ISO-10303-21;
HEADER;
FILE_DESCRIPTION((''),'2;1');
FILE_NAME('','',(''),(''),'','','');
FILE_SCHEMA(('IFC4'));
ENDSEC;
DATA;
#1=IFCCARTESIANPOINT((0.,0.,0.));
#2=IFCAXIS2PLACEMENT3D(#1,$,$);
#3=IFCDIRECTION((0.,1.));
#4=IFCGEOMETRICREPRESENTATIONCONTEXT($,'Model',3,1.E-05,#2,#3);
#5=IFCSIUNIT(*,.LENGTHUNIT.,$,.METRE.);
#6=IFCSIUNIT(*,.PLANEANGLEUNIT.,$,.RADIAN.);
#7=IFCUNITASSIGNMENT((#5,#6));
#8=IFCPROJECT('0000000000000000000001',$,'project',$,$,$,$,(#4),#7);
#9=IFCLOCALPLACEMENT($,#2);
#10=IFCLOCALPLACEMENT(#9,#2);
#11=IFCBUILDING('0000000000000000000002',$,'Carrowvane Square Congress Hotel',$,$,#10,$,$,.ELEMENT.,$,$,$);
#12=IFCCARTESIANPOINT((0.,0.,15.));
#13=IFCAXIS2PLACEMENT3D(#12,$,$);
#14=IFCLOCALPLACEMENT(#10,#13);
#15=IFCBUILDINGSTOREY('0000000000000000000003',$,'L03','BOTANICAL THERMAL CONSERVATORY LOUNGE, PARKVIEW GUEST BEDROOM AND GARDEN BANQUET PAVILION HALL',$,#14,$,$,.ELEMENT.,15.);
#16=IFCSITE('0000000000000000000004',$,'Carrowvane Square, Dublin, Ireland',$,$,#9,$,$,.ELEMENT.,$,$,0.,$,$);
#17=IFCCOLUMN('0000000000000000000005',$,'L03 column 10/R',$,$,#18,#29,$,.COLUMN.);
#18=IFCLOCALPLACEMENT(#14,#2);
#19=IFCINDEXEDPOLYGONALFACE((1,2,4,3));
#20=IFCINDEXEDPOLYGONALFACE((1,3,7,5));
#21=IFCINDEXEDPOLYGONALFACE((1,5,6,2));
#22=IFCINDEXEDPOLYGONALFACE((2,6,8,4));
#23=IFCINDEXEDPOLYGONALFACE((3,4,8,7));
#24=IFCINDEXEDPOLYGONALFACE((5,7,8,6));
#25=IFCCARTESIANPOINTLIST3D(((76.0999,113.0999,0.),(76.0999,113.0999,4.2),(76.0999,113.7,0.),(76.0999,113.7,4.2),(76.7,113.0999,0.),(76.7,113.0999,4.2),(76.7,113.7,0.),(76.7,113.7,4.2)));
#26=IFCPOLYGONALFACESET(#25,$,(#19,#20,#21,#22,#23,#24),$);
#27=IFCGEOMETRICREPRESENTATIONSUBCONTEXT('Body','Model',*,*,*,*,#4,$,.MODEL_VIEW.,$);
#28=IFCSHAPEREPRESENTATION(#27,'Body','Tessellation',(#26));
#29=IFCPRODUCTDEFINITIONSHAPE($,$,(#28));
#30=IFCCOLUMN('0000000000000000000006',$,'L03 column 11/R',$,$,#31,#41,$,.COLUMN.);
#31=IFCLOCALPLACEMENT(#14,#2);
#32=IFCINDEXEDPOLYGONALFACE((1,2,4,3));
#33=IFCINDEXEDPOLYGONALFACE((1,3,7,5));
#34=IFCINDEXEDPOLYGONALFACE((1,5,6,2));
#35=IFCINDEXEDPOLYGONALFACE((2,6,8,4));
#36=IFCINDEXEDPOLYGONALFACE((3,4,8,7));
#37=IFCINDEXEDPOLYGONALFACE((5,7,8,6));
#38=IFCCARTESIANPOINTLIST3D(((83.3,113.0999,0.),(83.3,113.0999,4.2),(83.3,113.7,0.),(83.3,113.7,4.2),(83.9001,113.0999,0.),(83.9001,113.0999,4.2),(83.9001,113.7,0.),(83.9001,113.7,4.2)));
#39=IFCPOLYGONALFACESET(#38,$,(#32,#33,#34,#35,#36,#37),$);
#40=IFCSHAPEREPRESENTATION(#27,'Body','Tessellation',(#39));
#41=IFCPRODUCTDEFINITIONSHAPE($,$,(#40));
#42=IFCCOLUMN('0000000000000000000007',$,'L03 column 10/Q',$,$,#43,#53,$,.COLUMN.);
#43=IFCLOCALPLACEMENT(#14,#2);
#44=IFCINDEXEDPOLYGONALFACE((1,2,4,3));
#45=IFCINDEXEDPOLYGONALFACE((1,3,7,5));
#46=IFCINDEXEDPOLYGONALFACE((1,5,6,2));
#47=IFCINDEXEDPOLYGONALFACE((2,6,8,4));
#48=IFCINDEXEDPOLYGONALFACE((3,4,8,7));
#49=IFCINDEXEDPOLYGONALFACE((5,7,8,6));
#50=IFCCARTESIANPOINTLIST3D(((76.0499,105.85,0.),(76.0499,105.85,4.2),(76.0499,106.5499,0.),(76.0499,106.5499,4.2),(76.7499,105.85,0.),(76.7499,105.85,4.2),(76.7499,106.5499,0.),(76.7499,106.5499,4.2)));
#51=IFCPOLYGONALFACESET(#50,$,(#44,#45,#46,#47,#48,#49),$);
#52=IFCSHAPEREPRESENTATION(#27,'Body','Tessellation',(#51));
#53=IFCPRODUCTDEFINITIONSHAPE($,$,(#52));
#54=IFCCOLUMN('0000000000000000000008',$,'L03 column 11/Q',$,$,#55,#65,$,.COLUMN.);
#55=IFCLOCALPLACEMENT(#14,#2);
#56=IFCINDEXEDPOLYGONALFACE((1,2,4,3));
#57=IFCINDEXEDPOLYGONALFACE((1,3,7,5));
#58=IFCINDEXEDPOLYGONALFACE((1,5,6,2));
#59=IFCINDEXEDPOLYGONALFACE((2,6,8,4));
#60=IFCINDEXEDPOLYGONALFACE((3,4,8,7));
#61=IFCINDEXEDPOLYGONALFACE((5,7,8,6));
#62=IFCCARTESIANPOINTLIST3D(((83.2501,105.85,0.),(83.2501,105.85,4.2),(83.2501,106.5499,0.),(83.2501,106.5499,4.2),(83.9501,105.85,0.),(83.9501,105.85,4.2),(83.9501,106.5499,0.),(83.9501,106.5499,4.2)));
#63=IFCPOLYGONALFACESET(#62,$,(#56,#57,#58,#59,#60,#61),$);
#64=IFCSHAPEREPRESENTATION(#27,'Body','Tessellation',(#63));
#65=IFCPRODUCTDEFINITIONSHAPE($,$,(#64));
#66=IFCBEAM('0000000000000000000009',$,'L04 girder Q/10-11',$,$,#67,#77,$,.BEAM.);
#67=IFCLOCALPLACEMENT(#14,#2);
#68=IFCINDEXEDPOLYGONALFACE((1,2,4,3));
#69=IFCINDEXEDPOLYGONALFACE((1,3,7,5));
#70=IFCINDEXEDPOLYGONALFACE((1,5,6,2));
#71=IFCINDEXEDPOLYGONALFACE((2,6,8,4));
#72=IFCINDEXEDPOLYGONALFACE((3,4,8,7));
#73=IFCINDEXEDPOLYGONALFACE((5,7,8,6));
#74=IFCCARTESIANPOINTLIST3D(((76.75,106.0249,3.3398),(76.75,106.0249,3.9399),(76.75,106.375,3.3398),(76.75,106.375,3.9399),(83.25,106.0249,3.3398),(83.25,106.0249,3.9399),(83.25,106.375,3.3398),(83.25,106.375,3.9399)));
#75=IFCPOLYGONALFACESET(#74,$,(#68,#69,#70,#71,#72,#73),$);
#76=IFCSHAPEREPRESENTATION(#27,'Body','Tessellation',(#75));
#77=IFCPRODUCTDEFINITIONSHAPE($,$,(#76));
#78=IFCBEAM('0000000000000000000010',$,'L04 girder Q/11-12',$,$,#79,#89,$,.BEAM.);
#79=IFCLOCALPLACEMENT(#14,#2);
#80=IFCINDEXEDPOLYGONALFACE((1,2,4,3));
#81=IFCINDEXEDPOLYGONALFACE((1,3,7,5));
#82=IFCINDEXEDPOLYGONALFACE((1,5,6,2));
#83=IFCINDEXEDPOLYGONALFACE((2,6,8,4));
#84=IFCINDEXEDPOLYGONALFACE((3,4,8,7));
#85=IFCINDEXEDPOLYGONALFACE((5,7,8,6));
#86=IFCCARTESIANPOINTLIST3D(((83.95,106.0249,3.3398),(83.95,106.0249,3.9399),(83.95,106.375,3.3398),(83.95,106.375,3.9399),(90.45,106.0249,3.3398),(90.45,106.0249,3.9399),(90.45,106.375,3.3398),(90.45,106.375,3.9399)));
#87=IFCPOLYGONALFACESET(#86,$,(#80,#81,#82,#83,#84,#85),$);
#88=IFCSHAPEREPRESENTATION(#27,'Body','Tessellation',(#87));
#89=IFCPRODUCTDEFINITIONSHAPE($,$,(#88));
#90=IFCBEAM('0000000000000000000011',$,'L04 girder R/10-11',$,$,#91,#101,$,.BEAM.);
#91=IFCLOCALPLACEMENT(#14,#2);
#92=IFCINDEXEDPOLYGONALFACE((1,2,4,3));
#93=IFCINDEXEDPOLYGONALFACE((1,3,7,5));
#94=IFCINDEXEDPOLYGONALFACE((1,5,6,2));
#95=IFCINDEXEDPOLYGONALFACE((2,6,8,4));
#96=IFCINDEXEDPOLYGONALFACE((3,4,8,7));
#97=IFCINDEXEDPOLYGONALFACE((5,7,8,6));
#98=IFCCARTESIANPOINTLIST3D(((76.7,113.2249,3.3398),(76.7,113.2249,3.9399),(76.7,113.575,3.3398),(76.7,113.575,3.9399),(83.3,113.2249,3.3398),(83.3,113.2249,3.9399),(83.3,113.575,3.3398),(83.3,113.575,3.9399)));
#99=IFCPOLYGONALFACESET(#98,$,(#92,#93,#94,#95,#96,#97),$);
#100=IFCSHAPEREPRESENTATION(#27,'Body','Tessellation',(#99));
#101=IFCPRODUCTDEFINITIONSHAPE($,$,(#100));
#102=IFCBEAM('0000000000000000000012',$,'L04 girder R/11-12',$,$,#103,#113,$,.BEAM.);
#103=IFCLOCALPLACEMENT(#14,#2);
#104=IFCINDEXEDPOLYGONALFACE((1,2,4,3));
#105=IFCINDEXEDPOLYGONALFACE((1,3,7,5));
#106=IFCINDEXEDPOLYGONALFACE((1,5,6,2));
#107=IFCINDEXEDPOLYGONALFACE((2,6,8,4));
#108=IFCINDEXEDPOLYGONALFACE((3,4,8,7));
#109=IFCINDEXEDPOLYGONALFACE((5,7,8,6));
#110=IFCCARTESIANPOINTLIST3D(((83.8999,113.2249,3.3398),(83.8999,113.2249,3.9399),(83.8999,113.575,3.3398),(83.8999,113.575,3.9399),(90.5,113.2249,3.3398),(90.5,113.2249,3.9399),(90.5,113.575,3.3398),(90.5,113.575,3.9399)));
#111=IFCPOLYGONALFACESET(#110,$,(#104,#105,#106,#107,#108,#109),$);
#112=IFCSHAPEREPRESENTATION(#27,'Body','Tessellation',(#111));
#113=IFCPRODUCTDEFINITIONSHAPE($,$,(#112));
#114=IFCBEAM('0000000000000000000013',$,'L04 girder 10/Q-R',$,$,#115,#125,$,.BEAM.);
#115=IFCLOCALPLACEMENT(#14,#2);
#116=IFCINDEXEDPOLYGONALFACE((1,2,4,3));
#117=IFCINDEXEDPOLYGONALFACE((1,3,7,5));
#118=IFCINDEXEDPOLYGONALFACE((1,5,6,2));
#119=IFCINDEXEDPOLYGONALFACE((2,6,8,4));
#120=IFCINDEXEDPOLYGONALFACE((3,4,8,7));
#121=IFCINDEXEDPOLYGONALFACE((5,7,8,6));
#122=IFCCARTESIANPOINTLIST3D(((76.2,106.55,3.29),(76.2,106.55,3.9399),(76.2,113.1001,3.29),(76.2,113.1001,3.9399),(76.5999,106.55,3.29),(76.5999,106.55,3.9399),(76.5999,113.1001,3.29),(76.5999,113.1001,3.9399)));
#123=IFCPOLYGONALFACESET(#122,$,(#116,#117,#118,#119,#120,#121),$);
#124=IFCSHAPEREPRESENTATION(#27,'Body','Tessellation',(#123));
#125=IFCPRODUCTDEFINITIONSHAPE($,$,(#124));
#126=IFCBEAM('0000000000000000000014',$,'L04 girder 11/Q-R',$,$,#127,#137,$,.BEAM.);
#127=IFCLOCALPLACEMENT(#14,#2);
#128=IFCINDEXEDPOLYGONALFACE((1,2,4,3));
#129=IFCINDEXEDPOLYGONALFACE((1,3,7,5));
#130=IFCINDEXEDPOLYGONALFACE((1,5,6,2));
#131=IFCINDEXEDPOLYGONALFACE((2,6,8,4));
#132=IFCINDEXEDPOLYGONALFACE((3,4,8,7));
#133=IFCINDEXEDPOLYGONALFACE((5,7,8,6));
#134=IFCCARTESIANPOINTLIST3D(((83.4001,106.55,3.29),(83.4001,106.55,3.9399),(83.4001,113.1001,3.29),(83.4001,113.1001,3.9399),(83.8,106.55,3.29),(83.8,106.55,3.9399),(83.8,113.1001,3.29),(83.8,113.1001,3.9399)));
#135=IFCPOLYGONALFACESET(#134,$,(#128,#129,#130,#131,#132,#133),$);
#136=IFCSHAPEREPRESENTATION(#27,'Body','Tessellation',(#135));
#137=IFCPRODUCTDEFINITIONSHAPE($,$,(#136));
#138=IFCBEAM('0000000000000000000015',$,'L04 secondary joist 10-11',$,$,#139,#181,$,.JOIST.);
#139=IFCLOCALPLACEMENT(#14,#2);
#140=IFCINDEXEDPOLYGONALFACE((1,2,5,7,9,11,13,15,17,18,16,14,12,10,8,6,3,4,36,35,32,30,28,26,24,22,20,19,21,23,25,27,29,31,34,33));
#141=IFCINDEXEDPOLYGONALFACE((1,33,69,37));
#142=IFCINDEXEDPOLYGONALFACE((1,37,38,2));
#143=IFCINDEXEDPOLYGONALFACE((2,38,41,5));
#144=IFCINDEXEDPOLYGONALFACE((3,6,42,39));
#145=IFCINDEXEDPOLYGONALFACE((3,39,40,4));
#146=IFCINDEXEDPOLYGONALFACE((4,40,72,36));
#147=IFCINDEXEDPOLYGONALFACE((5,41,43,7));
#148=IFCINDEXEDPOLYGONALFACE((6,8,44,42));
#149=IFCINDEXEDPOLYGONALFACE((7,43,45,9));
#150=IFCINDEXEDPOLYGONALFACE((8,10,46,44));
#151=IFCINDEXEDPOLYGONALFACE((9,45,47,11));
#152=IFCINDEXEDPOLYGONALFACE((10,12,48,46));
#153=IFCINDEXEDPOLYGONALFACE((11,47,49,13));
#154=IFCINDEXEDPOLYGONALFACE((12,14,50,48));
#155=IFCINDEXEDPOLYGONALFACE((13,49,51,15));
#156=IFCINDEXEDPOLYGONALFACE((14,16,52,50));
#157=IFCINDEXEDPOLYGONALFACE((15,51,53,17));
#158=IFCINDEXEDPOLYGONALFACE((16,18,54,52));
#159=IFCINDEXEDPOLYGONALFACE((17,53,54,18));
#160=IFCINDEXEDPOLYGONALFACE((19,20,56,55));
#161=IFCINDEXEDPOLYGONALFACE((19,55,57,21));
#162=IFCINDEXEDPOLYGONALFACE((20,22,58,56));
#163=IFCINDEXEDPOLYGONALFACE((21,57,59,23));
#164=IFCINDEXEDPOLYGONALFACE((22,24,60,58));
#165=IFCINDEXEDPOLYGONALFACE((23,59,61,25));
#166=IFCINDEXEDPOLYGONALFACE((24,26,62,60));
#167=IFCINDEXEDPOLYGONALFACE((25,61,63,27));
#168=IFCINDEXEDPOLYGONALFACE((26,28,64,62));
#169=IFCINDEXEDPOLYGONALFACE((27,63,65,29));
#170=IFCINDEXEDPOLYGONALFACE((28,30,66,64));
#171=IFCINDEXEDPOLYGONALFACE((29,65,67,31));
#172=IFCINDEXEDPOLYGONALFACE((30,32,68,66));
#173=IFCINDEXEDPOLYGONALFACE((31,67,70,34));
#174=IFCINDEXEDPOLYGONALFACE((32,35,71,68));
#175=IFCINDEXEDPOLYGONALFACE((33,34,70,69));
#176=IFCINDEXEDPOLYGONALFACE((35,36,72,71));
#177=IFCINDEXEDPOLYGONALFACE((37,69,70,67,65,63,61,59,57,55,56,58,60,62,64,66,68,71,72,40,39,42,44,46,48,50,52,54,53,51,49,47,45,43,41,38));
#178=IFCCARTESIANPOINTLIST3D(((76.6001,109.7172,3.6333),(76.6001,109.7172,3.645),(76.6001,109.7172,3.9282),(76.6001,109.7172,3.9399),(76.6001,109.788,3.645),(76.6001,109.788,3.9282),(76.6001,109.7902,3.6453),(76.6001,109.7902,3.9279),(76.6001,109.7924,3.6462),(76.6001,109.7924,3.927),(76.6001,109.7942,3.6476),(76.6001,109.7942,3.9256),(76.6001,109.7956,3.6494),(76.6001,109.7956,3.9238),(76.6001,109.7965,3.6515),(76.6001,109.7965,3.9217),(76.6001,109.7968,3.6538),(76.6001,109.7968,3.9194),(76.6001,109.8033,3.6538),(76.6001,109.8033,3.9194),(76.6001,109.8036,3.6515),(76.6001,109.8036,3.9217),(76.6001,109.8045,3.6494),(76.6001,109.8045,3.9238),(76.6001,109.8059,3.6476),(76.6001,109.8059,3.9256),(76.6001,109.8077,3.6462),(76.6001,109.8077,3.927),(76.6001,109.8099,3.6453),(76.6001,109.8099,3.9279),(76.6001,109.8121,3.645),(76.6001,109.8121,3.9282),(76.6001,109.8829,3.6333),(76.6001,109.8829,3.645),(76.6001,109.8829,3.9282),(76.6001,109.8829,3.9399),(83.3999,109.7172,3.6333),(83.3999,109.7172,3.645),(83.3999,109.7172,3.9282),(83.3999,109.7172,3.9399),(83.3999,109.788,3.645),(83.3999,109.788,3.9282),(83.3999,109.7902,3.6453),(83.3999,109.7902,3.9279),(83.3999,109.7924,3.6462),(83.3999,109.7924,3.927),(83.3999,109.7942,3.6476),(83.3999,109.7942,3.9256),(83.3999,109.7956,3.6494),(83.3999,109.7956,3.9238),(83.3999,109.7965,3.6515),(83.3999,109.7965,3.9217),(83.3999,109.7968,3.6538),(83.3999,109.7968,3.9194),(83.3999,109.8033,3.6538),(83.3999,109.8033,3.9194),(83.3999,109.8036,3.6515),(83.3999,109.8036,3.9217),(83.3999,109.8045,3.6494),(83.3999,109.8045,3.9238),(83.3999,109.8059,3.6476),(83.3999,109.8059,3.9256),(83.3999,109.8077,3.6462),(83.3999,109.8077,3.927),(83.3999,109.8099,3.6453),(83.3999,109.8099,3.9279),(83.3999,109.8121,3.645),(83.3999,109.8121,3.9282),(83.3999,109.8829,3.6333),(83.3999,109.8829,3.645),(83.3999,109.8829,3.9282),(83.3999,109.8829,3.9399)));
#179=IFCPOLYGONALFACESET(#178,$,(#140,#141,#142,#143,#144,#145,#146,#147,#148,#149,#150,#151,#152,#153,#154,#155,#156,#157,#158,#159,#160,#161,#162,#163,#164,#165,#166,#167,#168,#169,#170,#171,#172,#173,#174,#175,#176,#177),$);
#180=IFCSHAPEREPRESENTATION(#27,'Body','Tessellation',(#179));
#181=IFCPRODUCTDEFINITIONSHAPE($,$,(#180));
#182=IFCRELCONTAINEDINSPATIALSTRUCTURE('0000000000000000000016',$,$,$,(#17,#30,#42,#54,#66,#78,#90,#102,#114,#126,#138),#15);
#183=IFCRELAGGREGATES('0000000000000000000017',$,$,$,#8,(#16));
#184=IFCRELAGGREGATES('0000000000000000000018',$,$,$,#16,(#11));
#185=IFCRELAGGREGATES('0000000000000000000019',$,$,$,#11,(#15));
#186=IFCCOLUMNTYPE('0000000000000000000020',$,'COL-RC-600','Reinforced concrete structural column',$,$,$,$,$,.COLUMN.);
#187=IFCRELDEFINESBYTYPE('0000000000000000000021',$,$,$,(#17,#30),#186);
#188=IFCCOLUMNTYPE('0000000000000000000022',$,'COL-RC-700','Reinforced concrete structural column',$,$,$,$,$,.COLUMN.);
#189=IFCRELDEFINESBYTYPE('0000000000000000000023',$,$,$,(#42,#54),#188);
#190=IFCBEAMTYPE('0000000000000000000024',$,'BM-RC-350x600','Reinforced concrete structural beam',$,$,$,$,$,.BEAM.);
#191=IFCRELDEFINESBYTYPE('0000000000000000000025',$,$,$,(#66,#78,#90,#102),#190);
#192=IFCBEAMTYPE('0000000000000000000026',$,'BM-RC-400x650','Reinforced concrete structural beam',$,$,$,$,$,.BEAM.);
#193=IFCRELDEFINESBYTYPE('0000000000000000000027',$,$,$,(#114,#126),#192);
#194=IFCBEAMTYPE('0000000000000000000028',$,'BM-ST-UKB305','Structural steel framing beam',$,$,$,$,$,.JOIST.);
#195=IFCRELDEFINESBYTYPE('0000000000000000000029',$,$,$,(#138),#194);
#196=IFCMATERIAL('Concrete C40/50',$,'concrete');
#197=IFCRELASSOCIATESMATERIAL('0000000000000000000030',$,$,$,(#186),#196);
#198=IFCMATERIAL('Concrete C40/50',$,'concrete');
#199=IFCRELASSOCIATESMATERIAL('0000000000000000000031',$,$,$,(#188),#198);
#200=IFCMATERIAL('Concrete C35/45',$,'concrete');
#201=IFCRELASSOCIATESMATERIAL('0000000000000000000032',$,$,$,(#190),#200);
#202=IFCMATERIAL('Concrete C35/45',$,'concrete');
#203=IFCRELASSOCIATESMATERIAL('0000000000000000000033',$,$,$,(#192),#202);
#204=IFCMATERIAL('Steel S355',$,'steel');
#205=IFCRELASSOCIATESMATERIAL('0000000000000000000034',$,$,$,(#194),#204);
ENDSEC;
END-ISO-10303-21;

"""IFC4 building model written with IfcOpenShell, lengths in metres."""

from ifc_helpers import new_model, si_unit, direction, frame, origin, origin_2d, place, context, subcontext, project, spatial, rectangle, i_section, extrude, material, material_profile, profile_set, type_object, element, save


model = new_model("IFC4")

# Units and contexts
model_context = context("Model", 3, precision=1e-05, world=origin(), true_north=direction((0.0, 1.0)))
body_context = subcontext(model_context, "Body", "Model", "MODEL_VIEW")
ifc_project = project(units=[si_unit("LENGTHUNIT", "METRE"), si_unit("PLANEANGLEUNIT", "RADIAN")], contexts=[model_context])

# Site, building, storey
site_placement = place(None, origin())
site = spatial("IfcSite", under=ifc_project, at=site_placement, Name="Carrowvane Square, Dublin, Ireland", CompositionType="ELEMENT", RefElevation=0.0)
building_placement = place(site_placement, origin())
building = spatial("IfcBuilding", under=site, at=building_placement, Name="Carrowvane Square Congress Hotel", CompositionType="ELEMENT")
storey_placement = place(building_placement, frame((0.0, 0.0, 15.0)))
storey = spatial("IfcBuildingStorey", under=building, at=storey_placement, Name="L03", Description="BOTANICAL THERMAL CONSERVATORY LOUNGE, PARKVIEW GUEST BEDROOM AND GARDEN BANQUET PAVILION HALL", CompositionType="ELEMENT", Elevation=15.0)

# Columns
ifc_material_1 = material(Name="Concrete C40/50", Category="concrete")
ifc_material_profile_1 = material_profile(ifc_material_1, rectangle(XDim=0.6001, YDim=0.6001, at=origin_2d()), Name="RC 600x600")
ifc_profile_set_1 = profile_set([ifc_material_profile_1], Name="Concrete C40/50")
column_type_1 = type_object("IfcColumnType", Name="COL-RC-600", Description="Reinforced concrete structural column", PredefinedType="COLUMN", material=ifc_profile_set_1)
for number, where, z_axis, x_axis, name in (
    (1, (76.3999, 113.3999, 0.0), (0.0, 0.0, 1.0), (1.0, 0.0, 0.0), "L03 column 10/R"),
    (2, (83.6001, 113.3999, 0.0), (0.0, 0.0, 1.0), (1.0, 0.0, 0.0), "L03 column 11/R"),
):
    element("IfcColumn", number, at=place(storey_placement, frame(where, z_axis=z_axis, x_axis=x_axis)), inside=storey, type_object=column_type_1, Name=name, PredefinedType="COLUMN", context=body_context, shape_type="SweptSolid", body=[
        extrude(rectangle(XDim=0.6001, YDim=0.6001, at=origin_2d()), origin(), (0.0, 0.0, 1.0), 4.2),
    ])
ifc_material_2 = material(Name="Concrete C40/50", Category="concrete")
ifc_material_profile_2 = material_profile(ifc_material_2, rectangle(XDim=0.7, YDim=0.7, at=origin_2d()), Name="RC 700x700")
ifc_profile_set_2 = profile_set([ifc_material_profile_2], Name="Concrete C40/50")
column_type_2 = type_object("IfcColumnType", Name="COL-RC-700", Description="Reinforced concrete structural column", PredefinedType="COLUMN", material=ifc_profile_set_2)
for number, where, z_axis, x_axis, name in (
    (3, (76.3999, 106.2, 0.0), (0.0, 0.0, 1.0), (1.0, 0.0, 0.0), "L03 column 10/Q"),
    (4, (83.6001, 106.2, 0.0), (0.0, 0.0, 1.0), (1.0, 0.0, 0.0), "L03 column 11/Q"),
):
    element("IfcColumn", number, at=place(storey_placement, frame(where, z_axis=z_axis, x_axis=x_axis)), inside=storey, type_object=column_type_2, Name=name, PredefinedType="COLUMN", context=body_context, shape_type="SweptSolid", body=[
        extrude(rectangle(XDim=0.7, YDim=0.7, at=origin_2d()), origin(), (0.0, 0.0, 1.0), 4.2),
    ])

# Beams
ifc_material_3 = material(Name="Concrete C35/45", Category="concrete")
ifc_material_profile_3 = material_profile(ifc_material_3, rectangle(XDim=0.3501, YDim=0.6001, at=origin_2d()), Name="RC 350x600")
ifc_profile_set_3 = profile_set([ifc_material_profile_3], Name="Concrete C35/45")
beam_type_1 = type_object("IfcBeamType", Name="BM-RC-350x600", Description="Reinforced concrete structural beam", PredefinedType="BEAM", material=ifc_profile_set_3)
for number, where, z_axis, x_axis, name in (
    (5, (76.75, 106.2, 3.6399), (1.0, 0.0, 0.0), (0.0, 1.0, 0.0), "L04 girder Q/10-11"),
    (6, (83.95, 106.2, 3.6399), (1.0, 0.0, 0.0), (0.0, 1.0, 0.0), "L04 girder Q/11-12"),
):
    element("IfcBeam", number, at=place(storey_placement, frame(where, z_axis=z_axis, x_axis=x_axis)), inside=storey, type_object=beam_type_1, Name=name, PredefinedType="BEAM", context=body_context, shape_type="SweptSolid", body=[
        extrude(rectangle(XDim=0.3501, YDim=0.6001, at=origin_2d()), origin(), (0.0, 0.0, 1.0), 6.5),
    ])
for number, where, z_axis, x_axis, name in (
    (7, (76.7, 113.3999, 3.6399), (1.0, 0.0, 0.0), (0.0, 1.0, 0.0), "L04 girder R/10-11"),
    (8, (83.8999, 113.3999, 3.6399), (1.0, 0.0, 0.0), (0.0, 1.0, 0.0), "L04 girder R/11-12"),
):
    element("IfcBeam", number, at=place(storey_placement, frame(where, z_axis=z_axis, x_axis=x_axis)), inside=storey, type_object=beam_type_1, Name=name, PredefinedType="BEAM", context=body_context, shape_type="SweptSolid", body=[
        extrude(rectangle(XDim=0.3501, YDim=0.6001, at=origin_2d()), origin(), (0.0, 0.0, 1.0), 6.6001),
    ])
ifc_material_4 = material(Name="Concrete C35/45", Category="concrete")
ifc_material_profile_4 = material_profile(ifc_material_4, rectangle(XDim=0.3999, YDim=0.6499, at=origin_2d()), Name="RC 400x650")
ifc_profile_set_4 = profile_set([ifc_material_profile_4], Name="Concrete C35/45")
beam_type_2 = type_object("IfcBeamType", Name="BM-RC-400x650", Description="Reinforced concrete structural beam", PredefinedType="BEAM", material=ifc_profile_set_4)
for number, where, z_axis, x_axis, name in (
    (9, (76.3999, 106.55, 3.615), (0.0, 1.0, 0.0), (-1.0, 0.0, 0.0), "L04 girder 10/Q-R"),
    (10, (83.6001, 106.55, 3.615), (0.0, 1.0, 0.0), (-1.0, 0.0, 0.0), "L04 girder 11/Q-R"),
):
    element("IfcBeam", number, at=place(storey_placement, frame(where, z_axis=z_axis, x_axis=x_axis)), inside=storey, type_object=beam_type_2, Name=name, PredefinedType="BEAM", context=body_context, shape_type="SweptSolid", body=[
        extrude(rectangle(XDim=0.3999, YDim=0.6499, at=origin_2d()), origin(), (0.0, 0.0, 1.0), 6.55),
    ])
ifc_material_5 = material(Name="Steel S355", Category="steel")
ifc_material_profile_5 = material_profile(ifc_material_5, i_section(OverallWidth=0.1658, OverallDepth=0.3066, WebThickness=0.0066, FlangeThickness=0.0117, FilletRadius=0.0088, at=origin_2d()), Name="UKB 305x165x46")
ifc_profile_set_5 = profile_set([ifc_material_profile_5], Name="Steel S355")
beam_type_3 = type_object("IfcBeamType", Name="BM-ST-UKB305", Description="Structural steel framing beam", PredefinedType="JOIST", material=ifc_profile_set_5)
beam_1_placement = place(storey_placement, frame((76.6001, 109.8, 3.7866), z_axis=(1.0, 0.0, 0.0), x_axis=(0.0, 1.0, 0.0)))
element("IfcBeam", 11, at=beam_1_placement, inside=storey, type_object=beam_type_3, Name="L04 secondary joist 10-11", PredefinedType="JOIST", context=body_context, shape_type="SweptSolid", body=[
    extrude(i_section(OverallWidth=0.1658, OverallDepth=0.3066, WebThickness=0.0066, FlangeThickness=0.0117, FilletRadius=0.0088, at=origin_2d()), origin(), (0.0, 0.0, 1.0), 6.7998),
])

save(model, "model.ifc")
